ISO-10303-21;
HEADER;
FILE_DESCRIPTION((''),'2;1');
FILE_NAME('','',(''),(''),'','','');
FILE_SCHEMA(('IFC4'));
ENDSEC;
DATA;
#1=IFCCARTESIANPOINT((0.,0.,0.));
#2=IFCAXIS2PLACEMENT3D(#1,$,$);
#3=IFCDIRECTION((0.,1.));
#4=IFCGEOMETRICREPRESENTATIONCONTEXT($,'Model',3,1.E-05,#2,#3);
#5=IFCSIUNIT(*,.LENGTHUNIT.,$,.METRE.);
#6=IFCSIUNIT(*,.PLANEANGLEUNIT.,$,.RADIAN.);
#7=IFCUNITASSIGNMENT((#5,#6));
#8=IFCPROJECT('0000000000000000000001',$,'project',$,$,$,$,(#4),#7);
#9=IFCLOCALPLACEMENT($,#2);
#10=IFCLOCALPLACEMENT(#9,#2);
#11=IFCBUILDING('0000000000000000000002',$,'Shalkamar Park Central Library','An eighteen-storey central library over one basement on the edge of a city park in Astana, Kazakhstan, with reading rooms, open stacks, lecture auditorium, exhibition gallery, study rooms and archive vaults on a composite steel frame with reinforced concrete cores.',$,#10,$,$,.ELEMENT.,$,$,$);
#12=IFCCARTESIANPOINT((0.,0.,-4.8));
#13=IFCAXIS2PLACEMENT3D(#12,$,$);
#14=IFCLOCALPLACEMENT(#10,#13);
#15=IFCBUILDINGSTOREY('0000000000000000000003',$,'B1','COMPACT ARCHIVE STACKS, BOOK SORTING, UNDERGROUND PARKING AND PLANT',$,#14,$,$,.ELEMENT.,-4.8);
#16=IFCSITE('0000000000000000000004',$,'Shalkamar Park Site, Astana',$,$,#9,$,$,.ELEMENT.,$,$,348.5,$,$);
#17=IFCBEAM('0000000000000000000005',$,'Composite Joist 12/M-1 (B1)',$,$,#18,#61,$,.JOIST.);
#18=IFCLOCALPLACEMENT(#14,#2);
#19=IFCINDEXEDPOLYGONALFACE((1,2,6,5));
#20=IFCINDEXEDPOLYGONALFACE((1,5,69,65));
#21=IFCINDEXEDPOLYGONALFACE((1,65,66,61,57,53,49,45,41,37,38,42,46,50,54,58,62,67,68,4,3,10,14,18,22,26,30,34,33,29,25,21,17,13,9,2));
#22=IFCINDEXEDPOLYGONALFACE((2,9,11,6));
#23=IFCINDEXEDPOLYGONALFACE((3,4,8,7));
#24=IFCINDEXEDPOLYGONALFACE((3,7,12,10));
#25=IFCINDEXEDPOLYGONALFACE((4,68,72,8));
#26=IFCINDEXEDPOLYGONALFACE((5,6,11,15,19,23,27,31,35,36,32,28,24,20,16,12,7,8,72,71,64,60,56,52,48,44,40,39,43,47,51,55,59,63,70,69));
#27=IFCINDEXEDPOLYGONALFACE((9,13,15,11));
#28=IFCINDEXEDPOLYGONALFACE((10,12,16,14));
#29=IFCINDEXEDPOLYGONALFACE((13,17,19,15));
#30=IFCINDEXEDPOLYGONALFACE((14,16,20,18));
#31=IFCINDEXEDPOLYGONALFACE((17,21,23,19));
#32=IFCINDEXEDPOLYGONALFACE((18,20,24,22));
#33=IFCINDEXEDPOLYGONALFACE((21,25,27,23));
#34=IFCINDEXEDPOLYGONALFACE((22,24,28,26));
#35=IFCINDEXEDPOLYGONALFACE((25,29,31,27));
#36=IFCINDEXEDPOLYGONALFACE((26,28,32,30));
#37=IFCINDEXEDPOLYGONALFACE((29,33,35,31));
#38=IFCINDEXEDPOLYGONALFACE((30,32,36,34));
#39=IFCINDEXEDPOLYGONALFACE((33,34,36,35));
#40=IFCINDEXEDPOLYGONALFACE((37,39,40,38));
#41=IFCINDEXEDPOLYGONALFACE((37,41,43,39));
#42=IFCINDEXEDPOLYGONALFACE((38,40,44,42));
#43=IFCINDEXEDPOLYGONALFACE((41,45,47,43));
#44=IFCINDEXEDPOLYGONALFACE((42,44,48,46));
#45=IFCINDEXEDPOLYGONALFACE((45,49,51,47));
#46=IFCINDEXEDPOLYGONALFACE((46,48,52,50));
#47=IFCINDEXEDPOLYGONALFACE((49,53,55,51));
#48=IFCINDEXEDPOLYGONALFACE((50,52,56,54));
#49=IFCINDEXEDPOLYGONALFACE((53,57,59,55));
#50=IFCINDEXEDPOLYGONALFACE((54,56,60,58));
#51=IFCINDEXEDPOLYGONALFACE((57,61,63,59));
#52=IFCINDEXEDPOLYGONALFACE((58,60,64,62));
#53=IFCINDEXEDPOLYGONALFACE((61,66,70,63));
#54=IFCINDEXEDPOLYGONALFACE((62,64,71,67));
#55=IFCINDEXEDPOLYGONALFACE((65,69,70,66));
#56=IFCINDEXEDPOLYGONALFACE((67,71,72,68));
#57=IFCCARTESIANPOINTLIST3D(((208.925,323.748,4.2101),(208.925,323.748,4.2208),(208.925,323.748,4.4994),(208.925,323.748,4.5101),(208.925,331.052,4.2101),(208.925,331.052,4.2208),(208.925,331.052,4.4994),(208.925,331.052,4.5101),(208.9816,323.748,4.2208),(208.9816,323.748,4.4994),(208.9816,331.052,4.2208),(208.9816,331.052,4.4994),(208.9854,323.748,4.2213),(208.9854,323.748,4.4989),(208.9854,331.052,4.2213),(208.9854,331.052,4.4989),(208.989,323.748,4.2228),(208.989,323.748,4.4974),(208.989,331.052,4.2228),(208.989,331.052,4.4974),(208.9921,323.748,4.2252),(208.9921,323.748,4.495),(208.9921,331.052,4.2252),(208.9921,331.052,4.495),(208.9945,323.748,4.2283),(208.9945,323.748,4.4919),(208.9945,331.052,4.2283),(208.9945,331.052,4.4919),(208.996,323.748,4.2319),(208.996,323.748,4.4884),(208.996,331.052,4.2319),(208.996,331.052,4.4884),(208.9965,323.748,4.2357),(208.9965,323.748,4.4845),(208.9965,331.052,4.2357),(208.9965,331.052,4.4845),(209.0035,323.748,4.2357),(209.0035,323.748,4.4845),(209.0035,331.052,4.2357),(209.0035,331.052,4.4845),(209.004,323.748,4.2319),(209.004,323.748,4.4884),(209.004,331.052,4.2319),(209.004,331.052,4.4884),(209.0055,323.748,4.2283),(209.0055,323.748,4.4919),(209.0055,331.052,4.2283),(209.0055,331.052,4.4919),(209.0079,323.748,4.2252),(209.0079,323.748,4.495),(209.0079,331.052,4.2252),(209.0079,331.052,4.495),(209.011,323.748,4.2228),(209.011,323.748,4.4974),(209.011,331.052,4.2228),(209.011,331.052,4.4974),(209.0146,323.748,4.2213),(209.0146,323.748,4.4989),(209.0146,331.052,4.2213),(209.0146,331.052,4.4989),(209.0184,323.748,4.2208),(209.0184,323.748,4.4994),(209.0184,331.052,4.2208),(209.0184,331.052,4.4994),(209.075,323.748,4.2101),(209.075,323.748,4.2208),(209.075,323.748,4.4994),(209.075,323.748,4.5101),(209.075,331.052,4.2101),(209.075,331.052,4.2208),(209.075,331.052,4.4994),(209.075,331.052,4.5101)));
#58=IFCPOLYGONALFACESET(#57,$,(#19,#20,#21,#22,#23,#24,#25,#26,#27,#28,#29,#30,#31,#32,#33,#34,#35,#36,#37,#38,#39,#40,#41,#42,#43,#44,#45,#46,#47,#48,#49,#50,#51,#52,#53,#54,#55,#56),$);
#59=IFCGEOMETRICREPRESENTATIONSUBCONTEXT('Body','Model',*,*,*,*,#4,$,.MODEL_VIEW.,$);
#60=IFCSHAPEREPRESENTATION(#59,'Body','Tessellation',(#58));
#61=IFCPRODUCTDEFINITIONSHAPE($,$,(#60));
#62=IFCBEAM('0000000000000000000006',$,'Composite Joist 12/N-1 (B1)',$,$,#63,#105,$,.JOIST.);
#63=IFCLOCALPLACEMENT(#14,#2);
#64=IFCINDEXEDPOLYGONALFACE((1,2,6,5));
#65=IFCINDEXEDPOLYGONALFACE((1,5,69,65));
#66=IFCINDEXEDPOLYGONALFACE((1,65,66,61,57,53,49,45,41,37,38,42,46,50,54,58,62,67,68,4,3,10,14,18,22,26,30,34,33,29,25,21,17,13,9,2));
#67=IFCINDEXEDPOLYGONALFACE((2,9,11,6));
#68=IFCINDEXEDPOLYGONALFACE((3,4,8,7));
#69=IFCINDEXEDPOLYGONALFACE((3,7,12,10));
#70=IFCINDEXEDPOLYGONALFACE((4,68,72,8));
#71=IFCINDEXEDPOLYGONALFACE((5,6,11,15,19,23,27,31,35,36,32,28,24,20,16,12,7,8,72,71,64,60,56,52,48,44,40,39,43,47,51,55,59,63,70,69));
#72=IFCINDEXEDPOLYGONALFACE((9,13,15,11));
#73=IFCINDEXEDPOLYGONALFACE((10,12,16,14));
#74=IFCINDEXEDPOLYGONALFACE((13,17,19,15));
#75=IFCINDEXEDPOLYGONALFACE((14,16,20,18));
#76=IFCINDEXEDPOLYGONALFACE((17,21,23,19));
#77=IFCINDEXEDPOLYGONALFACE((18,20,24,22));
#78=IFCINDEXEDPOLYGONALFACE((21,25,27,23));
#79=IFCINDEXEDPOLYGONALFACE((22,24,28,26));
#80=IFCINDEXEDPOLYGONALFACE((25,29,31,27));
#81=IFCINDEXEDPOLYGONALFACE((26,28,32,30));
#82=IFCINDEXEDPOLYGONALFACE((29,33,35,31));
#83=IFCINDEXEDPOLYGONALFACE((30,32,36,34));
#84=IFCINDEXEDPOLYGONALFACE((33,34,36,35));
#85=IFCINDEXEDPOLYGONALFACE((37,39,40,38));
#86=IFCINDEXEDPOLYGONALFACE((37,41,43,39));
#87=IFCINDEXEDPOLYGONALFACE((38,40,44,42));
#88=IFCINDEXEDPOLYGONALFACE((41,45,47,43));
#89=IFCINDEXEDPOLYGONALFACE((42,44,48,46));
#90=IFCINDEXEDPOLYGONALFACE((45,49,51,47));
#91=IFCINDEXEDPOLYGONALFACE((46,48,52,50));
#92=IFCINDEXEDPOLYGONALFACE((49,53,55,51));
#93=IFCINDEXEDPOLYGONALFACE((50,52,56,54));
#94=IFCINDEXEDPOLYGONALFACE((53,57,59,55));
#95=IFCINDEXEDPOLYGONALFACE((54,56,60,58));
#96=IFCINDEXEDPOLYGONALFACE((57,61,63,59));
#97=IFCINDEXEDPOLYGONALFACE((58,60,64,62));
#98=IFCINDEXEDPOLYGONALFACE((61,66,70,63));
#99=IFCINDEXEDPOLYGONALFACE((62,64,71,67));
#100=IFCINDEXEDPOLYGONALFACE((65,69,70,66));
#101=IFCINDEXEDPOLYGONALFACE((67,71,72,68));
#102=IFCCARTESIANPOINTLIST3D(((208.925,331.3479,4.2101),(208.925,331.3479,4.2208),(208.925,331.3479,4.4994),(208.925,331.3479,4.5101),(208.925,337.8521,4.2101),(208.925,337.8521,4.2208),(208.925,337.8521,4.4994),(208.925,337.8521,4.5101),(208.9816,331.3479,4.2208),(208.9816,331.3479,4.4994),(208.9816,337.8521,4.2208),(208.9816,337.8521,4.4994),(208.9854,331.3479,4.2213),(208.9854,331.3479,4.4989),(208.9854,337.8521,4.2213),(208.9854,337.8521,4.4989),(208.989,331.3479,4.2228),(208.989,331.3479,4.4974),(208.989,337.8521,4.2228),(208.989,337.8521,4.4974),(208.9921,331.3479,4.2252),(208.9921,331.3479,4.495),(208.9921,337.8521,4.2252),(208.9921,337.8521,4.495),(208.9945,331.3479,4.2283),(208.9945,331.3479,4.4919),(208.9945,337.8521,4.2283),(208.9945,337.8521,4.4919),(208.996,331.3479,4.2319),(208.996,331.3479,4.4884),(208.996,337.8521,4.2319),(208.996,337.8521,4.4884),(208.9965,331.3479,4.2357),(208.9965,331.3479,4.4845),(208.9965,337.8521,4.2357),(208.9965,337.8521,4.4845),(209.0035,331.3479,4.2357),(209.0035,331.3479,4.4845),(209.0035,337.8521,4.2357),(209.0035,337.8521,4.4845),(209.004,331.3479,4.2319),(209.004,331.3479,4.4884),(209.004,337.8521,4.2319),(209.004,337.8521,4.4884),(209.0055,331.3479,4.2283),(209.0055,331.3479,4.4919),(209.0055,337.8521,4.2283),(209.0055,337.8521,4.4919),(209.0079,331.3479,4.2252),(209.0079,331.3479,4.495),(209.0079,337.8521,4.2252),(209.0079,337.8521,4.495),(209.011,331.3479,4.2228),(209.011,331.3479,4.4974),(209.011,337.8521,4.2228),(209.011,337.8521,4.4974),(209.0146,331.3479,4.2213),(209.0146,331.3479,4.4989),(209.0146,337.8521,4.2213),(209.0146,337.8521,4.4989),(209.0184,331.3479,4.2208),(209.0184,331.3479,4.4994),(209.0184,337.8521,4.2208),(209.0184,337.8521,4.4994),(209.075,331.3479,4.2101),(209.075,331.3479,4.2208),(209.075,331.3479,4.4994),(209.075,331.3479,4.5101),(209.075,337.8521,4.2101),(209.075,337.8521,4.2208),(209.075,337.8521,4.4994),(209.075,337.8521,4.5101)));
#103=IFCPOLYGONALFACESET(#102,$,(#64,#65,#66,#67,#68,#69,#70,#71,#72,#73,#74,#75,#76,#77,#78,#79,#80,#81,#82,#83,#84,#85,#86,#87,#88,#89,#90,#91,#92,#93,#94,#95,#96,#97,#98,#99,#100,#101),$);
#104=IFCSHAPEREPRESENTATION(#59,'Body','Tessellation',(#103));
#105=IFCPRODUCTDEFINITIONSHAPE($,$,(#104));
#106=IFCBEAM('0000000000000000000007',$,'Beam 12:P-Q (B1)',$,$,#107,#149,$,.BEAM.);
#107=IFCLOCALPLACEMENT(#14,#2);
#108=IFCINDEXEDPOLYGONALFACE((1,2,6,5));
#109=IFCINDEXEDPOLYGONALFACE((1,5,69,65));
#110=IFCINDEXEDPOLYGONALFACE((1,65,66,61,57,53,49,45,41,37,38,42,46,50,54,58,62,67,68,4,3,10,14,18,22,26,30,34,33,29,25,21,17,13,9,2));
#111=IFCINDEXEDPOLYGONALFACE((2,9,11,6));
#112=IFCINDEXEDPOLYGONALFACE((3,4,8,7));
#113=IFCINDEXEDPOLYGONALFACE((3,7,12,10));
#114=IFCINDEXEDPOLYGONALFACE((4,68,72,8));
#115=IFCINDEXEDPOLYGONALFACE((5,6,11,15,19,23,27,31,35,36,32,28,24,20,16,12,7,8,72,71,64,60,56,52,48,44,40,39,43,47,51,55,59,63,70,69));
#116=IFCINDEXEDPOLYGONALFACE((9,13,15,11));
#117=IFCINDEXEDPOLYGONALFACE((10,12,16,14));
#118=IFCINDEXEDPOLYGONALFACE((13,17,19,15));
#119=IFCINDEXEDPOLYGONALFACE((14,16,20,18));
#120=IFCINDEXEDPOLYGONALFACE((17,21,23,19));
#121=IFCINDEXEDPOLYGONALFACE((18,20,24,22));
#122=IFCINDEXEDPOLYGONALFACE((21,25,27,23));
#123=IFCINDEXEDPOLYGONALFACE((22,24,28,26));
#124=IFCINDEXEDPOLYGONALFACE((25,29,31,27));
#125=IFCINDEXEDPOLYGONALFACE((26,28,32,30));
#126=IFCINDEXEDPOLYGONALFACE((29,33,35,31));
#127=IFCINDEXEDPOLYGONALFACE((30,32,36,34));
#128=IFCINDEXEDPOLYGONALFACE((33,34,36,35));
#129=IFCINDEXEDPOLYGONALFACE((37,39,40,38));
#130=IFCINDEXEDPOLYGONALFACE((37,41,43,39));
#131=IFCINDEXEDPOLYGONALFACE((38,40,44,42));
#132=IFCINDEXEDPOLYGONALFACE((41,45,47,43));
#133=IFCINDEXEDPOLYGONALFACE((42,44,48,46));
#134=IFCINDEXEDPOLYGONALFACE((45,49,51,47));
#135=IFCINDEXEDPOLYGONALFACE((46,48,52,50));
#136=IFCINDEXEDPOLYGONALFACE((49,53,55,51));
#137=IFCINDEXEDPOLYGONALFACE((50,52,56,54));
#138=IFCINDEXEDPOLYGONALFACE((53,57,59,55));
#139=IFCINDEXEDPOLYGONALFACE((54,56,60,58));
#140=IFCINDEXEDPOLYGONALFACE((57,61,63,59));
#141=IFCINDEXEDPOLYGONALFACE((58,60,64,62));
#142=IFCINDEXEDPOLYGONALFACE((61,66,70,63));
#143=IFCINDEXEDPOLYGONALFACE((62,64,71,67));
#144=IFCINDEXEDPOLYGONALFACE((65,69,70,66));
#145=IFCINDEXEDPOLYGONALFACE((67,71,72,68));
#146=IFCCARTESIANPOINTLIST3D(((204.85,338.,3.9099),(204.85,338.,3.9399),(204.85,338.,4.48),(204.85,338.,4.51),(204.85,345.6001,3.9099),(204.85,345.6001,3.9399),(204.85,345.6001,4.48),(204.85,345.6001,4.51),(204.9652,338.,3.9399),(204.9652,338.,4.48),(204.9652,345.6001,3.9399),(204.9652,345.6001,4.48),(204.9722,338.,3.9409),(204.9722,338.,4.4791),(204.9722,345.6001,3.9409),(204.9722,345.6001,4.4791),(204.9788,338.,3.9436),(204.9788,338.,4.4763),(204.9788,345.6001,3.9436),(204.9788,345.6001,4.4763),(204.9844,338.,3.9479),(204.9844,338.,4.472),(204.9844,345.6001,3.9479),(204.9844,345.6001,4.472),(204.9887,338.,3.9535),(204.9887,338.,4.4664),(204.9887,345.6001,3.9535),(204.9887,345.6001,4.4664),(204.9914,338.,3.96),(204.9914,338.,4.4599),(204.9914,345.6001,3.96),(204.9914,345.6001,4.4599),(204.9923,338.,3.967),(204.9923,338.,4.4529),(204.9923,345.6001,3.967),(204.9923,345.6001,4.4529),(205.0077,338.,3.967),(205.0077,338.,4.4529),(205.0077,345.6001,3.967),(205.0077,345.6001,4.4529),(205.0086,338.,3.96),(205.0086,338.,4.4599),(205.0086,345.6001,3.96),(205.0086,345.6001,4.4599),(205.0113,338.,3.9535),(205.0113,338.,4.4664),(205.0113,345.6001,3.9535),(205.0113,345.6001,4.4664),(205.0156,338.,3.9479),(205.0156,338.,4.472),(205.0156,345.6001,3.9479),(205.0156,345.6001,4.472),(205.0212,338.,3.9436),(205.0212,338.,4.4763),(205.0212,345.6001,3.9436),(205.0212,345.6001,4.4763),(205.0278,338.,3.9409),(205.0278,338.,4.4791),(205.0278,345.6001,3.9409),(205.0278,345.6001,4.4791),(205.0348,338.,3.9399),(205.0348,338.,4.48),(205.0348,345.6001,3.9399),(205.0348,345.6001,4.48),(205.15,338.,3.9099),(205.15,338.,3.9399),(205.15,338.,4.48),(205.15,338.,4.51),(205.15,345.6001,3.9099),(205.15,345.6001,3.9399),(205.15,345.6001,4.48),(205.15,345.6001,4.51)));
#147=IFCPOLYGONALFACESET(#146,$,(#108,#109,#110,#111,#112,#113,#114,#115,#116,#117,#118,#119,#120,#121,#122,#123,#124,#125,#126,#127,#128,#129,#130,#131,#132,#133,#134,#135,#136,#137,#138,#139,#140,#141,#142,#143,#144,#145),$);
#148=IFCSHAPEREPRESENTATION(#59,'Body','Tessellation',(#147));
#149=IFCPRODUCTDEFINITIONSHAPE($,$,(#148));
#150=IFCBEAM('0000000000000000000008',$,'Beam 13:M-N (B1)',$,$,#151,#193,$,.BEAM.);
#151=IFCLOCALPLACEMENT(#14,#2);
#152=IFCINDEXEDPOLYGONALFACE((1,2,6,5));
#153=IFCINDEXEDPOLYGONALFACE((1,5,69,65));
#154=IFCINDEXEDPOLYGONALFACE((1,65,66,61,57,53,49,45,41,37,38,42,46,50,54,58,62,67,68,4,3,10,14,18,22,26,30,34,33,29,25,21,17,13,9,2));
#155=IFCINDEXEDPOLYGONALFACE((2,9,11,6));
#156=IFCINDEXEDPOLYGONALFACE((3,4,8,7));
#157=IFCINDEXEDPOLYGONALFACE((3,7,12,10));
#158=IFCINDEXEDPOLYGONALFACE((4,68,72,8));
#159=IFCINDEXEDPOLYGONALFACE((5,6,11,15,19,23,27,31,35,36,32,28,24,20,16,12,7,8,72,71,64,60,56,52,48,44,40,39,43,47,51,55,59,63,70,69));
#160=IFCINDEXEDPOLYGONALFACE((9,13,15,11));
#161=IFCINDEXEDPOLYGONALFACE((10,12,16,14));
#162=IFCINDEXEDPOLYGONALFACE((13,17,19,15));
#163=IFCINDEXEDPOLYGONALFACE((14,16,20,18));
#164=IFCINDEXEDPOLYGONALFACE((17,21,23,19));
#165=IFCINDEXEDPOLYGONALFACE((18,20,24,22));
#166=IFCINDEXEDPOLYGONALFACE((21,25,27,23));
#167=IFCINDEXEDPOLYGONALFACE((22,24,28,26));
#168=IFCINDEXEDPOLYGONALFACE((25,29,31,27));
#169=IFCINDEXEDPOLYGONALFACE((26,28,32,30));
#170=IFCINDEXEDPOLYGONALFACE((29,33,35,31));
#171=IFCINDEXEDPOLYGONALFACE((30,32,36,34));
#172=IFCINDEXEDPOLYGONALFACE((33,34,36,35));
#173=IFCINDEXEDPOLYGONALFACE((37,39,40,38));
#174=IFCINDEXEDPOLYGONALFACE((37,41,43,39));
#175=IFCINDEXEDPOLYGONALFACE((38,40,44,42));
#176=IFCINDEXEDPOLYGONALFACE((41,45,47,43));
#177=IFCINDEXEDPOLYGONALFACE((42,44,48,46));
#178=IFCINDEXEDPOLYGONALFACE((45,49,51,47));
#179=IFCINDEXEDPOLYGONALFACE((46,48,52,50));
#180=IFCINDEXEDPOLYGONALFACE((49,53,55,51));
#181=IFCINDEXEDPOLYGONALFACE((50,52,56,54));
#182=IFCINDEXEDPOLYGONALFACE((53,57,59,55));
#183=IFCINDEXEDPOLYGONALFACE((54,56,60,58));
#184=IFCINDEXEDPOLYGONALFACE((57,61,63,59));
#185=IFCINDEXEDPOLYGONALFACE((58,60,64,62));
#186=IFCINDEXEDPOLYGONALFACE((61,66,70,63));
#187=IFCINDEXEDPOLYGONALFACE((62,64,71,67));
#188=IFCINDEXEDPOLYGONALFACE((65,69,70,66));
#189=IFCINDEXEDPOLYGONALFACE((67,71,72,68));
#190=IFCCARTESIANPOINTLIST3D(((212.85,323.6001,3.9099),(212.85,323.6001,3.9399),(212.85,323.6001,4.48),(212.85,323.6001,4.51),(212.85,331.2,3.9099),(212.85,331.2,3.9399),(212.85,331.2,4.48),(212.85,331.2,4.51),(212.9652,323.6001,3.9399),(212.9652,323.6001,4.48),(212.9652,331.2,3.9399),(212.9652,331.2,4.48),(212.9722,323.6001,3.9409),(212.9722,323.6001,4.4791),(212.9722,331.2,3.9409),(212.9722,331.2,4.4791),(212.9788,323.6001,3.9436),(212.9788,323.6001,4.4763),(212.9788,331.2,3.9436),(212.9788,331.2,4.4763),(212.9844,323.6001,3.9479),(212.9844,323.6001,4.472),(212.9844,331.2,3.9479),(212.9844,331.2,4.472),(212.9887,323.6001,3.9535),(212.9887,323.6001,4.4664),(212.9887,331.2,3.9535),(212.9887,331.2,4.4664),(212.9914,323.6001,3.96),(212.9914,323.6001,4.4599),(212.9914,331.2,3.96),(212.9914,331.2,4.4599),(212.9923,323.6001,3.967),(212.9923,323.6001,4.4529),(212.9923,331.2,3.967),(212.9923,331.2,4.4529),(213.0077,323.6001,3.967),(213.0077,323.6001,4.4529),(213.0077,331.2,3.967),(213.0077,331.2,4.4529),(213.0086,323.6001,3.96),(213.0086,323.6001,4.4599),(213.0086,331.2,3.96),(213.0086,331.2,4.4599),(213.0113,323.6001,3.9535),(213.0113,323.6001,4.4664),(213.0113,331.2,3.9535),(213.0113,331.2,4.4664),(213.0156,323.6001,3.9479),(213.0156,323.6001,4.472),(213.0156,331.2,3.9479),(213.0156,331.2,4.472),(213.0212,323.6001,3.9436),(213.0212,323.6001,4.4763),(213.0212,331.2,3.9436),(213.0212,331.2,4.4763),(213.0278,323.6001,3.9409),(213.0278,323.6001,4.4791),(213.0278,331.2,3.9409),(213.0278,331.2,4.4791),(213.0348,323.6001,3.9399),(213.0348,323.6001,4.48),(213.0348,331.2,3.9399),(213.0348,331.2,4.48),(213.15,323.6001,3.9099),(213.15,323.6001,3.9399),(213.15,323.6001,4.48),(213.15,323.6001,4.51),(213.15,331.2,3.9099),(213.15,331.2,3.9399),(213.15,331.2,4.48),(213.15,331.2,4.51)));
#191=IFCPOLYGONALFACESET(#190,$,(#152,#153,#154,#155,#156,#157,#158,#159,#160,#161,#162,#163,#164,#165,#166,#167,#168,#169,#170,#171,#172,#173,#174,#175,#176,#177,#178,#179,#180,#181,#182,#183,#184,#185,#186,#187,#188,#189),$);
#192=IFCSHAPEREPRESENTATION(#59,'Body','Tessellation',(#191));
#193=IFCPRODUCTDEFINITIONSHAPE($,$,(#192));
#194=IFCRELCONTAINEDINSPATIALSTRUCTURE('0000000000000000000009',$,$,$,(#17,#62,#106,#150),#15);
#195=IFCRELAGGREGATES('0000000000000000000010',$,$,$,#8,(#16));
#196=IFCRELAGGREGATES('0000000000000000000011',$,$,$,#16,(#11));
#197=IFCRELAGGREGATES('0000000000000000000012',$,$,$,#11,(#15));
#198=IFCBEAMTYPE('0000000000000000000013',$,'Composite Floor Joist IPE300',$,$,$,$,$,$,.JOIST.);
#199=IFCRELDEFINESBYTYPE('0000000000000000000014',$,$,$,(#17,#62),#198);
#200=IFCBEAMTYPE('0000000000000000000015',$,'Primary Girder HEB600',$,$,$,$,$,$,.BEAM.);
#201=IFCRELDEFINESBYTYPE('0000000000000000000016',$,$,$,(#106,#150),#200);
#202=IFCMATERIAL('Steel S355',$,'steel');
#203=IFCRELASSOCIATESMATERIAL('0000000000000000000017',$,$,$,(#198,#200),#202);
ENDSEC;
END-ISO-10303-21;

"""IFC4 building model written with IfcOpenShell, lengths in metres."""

from ifc_helpers import new_model, si_unit, direction, frame, origin, origin_2d, place, context, subcontext, project, spatial, i_section, extrude, material, material_profile, profile_set, type_object, element, save


model = new_model("IFC4")

# Units and contexts
model_context = context("Model", 3, precision=1e-05, world=origin(), true_north=direction((0.0, 1.0)))
body_context = subcontext(model_context, "Body", "Model", "MODEL_VIEW")
ifc_project = project(units=[si_unit("LENGTHUNIT", "METRE"), si_unit("PLANEANGLEUNIT", "RADIAN")], contexts=[model_context])

# Site, building, storey
site_placement = place(None, origin())
site = spatial("IfcSite", under=ifc_project, at=site_placement, Name="Shalkamar Park Site, Astana", CompositionType="ELEMENT", RefElevation=348.5)
building_placement = place(site_placement, origin())
building = spatial("IfcBuilding", under=site, at=building_placement, Name="Shalkamar Park Central Library", Description="An eighteen-storey central library over one basement on the edge of a city park in Astana, Kazakhstan, with reading rooms, open stacks, lecture auditorium, exhibition gallery, study rooms and archive vaults on a composite steel frame with reinforced concrete cores.", CompositionType="ELEMENT")
storey_placement = place(building_placement, frame((0.0, 0.0, -4.8)))
storey = spatial("IfcBuildingStorey", under=building, at=storey_placement, Name="B1", Description="COMPACT ARCHIVE STACKS, BOOK SORTING, UNDERGROUND PARKING AND PLANT", CompositionType="ELEMENT", Elevation=-4.8)

# Shared definitions
ifc_material_1 = material(Name="Steel S355", Category="steel")

# Beams
ifc_material_profile_1 = material_profile(ifc_material_1, i_section(OverallWidth=0.1499, OverallDepth=0.3, WebThickness=0.0071, FlangeThickness=0.0107, FilletRadius=0.0149, at=origin_2d()), Name="IPE 300")
ifc_profile_set_1 = profile_set([ifc_material_profile_1], Name="Steel S355")
beam_type_1 = type_object("IfcBeamType", Name="Composite Floor Joist IPE300", PredefinedType="JOIST", material=ifc_profile_set_1)
beam_1_placement = place(storey_placement, frame((209.0, 323.748, 4.3601), z_axis=(0.0, 1.0, 0.0), x_axis=(-1.0, 0.0, 0.0)))
element("IfcBeam", 1, at=beam_1_placement, inside=storey, type_object=beam_type_1, Name="Composite Joist 12/M-1 (B1)", PredefinedType="JOIST", context=body_context, shape_type="SweptSolid", body=[
    extrude(i_section(OverallWidth=0.1499, OverallDepth=0.3, WebThickness=0.0071, FlangeThickness=0.0107, FilletRadius=0.0149, at=origin_2d()), origin(), (0.0, 0.0, 1.0), 7.304),
])
beam_2_placement = place(storey_placement, frame((209.0, 331.3479, 4.3601), z_axis=(0.0, 1.0, 0.0), x_axis=(-1.0, 0.0, 0.0)))
element("IfcBeam", 2, at=beam_2_placement, inside=storey, type_object=beam_type_1, Name="Composite Joist 12/N-1 (B1)", PredefinedType="JOIST", context=body_context, shape_type="SweptSolid", body=[
    extrude(i_section(OverallWidth=0.1499, OverallDepth=0.3, WebThickness=0.0071, FlangeThickness=0.0107, FilletRadius=0.0149, at=origin_2d()), origin(), (0.0, 0.0, 1.0), 6.5042),
])
ifc_material_profile_2 = material_profile(ifc_material_1, i_section(OverallWidth=0.3, OverallDepth=0.6001, WebThickness=0.0154, FlangeThickness=0.03, FilletRadius=0.0271, at=origin_2d()), Name="HEB 600")
ifc_profile_set_2 = profile_set([ifc_material_profile_2], Name="Steel S355")
beam_type_2 = type_object("IfcBeamType", Name="Primary Girder HEB600", PredefinedType="BEAM", material=ifc_profile_set_2)
beam_3_placement = place(storey_placement, frame((205.0, 338.0, 4.21), z_axis=(0.0, 1.0, 0.0), x_axis=(-1.0, 0.0, 0.0)))
element("IfcBeam", 3, at=beam_3_placement, inside=storey, type_object=beam_type_2, Name="Beam 12:P-Q (B1)", PredefinedType="BEAM", context=body_context, shape_type="SweptSolid", body=[
    extrude(i_section(OverallWidth=0.3, OverallDepth=0.6001, WebThickness=0.0154, FlangeThickness=0.03, FilletRadius=0.0271, at=origin_2d()), origin(), (0.0, 0.0, 1.0), 7.6001),
])
beam_4_placement = place(storey_placement, frame((213.0, 323.6001, 4.21), z_axis=(0.0, 1.0, 0.0), x_axis=(-1.0, 0.0, 0.0)))
element("IfcBeam", 4, at=beam_4_placement, inside=storey, type_object=beam_type_2, Name="Beam 13:M-N (B1)", PredefinedType="BEAM", context=body_context, shape_type="SweptSolid", body=[
    extrude(i_section(OverallWidth=0.3, OverallDepth=0.6001, WebThickness=0.0154, FlangeThickness=0.03, FilletRadius=0.0271, at=origin_2d()), origin(), (0.0, 0.0, 1.0), 7.5999),
])

save(model, "model.ifc")
